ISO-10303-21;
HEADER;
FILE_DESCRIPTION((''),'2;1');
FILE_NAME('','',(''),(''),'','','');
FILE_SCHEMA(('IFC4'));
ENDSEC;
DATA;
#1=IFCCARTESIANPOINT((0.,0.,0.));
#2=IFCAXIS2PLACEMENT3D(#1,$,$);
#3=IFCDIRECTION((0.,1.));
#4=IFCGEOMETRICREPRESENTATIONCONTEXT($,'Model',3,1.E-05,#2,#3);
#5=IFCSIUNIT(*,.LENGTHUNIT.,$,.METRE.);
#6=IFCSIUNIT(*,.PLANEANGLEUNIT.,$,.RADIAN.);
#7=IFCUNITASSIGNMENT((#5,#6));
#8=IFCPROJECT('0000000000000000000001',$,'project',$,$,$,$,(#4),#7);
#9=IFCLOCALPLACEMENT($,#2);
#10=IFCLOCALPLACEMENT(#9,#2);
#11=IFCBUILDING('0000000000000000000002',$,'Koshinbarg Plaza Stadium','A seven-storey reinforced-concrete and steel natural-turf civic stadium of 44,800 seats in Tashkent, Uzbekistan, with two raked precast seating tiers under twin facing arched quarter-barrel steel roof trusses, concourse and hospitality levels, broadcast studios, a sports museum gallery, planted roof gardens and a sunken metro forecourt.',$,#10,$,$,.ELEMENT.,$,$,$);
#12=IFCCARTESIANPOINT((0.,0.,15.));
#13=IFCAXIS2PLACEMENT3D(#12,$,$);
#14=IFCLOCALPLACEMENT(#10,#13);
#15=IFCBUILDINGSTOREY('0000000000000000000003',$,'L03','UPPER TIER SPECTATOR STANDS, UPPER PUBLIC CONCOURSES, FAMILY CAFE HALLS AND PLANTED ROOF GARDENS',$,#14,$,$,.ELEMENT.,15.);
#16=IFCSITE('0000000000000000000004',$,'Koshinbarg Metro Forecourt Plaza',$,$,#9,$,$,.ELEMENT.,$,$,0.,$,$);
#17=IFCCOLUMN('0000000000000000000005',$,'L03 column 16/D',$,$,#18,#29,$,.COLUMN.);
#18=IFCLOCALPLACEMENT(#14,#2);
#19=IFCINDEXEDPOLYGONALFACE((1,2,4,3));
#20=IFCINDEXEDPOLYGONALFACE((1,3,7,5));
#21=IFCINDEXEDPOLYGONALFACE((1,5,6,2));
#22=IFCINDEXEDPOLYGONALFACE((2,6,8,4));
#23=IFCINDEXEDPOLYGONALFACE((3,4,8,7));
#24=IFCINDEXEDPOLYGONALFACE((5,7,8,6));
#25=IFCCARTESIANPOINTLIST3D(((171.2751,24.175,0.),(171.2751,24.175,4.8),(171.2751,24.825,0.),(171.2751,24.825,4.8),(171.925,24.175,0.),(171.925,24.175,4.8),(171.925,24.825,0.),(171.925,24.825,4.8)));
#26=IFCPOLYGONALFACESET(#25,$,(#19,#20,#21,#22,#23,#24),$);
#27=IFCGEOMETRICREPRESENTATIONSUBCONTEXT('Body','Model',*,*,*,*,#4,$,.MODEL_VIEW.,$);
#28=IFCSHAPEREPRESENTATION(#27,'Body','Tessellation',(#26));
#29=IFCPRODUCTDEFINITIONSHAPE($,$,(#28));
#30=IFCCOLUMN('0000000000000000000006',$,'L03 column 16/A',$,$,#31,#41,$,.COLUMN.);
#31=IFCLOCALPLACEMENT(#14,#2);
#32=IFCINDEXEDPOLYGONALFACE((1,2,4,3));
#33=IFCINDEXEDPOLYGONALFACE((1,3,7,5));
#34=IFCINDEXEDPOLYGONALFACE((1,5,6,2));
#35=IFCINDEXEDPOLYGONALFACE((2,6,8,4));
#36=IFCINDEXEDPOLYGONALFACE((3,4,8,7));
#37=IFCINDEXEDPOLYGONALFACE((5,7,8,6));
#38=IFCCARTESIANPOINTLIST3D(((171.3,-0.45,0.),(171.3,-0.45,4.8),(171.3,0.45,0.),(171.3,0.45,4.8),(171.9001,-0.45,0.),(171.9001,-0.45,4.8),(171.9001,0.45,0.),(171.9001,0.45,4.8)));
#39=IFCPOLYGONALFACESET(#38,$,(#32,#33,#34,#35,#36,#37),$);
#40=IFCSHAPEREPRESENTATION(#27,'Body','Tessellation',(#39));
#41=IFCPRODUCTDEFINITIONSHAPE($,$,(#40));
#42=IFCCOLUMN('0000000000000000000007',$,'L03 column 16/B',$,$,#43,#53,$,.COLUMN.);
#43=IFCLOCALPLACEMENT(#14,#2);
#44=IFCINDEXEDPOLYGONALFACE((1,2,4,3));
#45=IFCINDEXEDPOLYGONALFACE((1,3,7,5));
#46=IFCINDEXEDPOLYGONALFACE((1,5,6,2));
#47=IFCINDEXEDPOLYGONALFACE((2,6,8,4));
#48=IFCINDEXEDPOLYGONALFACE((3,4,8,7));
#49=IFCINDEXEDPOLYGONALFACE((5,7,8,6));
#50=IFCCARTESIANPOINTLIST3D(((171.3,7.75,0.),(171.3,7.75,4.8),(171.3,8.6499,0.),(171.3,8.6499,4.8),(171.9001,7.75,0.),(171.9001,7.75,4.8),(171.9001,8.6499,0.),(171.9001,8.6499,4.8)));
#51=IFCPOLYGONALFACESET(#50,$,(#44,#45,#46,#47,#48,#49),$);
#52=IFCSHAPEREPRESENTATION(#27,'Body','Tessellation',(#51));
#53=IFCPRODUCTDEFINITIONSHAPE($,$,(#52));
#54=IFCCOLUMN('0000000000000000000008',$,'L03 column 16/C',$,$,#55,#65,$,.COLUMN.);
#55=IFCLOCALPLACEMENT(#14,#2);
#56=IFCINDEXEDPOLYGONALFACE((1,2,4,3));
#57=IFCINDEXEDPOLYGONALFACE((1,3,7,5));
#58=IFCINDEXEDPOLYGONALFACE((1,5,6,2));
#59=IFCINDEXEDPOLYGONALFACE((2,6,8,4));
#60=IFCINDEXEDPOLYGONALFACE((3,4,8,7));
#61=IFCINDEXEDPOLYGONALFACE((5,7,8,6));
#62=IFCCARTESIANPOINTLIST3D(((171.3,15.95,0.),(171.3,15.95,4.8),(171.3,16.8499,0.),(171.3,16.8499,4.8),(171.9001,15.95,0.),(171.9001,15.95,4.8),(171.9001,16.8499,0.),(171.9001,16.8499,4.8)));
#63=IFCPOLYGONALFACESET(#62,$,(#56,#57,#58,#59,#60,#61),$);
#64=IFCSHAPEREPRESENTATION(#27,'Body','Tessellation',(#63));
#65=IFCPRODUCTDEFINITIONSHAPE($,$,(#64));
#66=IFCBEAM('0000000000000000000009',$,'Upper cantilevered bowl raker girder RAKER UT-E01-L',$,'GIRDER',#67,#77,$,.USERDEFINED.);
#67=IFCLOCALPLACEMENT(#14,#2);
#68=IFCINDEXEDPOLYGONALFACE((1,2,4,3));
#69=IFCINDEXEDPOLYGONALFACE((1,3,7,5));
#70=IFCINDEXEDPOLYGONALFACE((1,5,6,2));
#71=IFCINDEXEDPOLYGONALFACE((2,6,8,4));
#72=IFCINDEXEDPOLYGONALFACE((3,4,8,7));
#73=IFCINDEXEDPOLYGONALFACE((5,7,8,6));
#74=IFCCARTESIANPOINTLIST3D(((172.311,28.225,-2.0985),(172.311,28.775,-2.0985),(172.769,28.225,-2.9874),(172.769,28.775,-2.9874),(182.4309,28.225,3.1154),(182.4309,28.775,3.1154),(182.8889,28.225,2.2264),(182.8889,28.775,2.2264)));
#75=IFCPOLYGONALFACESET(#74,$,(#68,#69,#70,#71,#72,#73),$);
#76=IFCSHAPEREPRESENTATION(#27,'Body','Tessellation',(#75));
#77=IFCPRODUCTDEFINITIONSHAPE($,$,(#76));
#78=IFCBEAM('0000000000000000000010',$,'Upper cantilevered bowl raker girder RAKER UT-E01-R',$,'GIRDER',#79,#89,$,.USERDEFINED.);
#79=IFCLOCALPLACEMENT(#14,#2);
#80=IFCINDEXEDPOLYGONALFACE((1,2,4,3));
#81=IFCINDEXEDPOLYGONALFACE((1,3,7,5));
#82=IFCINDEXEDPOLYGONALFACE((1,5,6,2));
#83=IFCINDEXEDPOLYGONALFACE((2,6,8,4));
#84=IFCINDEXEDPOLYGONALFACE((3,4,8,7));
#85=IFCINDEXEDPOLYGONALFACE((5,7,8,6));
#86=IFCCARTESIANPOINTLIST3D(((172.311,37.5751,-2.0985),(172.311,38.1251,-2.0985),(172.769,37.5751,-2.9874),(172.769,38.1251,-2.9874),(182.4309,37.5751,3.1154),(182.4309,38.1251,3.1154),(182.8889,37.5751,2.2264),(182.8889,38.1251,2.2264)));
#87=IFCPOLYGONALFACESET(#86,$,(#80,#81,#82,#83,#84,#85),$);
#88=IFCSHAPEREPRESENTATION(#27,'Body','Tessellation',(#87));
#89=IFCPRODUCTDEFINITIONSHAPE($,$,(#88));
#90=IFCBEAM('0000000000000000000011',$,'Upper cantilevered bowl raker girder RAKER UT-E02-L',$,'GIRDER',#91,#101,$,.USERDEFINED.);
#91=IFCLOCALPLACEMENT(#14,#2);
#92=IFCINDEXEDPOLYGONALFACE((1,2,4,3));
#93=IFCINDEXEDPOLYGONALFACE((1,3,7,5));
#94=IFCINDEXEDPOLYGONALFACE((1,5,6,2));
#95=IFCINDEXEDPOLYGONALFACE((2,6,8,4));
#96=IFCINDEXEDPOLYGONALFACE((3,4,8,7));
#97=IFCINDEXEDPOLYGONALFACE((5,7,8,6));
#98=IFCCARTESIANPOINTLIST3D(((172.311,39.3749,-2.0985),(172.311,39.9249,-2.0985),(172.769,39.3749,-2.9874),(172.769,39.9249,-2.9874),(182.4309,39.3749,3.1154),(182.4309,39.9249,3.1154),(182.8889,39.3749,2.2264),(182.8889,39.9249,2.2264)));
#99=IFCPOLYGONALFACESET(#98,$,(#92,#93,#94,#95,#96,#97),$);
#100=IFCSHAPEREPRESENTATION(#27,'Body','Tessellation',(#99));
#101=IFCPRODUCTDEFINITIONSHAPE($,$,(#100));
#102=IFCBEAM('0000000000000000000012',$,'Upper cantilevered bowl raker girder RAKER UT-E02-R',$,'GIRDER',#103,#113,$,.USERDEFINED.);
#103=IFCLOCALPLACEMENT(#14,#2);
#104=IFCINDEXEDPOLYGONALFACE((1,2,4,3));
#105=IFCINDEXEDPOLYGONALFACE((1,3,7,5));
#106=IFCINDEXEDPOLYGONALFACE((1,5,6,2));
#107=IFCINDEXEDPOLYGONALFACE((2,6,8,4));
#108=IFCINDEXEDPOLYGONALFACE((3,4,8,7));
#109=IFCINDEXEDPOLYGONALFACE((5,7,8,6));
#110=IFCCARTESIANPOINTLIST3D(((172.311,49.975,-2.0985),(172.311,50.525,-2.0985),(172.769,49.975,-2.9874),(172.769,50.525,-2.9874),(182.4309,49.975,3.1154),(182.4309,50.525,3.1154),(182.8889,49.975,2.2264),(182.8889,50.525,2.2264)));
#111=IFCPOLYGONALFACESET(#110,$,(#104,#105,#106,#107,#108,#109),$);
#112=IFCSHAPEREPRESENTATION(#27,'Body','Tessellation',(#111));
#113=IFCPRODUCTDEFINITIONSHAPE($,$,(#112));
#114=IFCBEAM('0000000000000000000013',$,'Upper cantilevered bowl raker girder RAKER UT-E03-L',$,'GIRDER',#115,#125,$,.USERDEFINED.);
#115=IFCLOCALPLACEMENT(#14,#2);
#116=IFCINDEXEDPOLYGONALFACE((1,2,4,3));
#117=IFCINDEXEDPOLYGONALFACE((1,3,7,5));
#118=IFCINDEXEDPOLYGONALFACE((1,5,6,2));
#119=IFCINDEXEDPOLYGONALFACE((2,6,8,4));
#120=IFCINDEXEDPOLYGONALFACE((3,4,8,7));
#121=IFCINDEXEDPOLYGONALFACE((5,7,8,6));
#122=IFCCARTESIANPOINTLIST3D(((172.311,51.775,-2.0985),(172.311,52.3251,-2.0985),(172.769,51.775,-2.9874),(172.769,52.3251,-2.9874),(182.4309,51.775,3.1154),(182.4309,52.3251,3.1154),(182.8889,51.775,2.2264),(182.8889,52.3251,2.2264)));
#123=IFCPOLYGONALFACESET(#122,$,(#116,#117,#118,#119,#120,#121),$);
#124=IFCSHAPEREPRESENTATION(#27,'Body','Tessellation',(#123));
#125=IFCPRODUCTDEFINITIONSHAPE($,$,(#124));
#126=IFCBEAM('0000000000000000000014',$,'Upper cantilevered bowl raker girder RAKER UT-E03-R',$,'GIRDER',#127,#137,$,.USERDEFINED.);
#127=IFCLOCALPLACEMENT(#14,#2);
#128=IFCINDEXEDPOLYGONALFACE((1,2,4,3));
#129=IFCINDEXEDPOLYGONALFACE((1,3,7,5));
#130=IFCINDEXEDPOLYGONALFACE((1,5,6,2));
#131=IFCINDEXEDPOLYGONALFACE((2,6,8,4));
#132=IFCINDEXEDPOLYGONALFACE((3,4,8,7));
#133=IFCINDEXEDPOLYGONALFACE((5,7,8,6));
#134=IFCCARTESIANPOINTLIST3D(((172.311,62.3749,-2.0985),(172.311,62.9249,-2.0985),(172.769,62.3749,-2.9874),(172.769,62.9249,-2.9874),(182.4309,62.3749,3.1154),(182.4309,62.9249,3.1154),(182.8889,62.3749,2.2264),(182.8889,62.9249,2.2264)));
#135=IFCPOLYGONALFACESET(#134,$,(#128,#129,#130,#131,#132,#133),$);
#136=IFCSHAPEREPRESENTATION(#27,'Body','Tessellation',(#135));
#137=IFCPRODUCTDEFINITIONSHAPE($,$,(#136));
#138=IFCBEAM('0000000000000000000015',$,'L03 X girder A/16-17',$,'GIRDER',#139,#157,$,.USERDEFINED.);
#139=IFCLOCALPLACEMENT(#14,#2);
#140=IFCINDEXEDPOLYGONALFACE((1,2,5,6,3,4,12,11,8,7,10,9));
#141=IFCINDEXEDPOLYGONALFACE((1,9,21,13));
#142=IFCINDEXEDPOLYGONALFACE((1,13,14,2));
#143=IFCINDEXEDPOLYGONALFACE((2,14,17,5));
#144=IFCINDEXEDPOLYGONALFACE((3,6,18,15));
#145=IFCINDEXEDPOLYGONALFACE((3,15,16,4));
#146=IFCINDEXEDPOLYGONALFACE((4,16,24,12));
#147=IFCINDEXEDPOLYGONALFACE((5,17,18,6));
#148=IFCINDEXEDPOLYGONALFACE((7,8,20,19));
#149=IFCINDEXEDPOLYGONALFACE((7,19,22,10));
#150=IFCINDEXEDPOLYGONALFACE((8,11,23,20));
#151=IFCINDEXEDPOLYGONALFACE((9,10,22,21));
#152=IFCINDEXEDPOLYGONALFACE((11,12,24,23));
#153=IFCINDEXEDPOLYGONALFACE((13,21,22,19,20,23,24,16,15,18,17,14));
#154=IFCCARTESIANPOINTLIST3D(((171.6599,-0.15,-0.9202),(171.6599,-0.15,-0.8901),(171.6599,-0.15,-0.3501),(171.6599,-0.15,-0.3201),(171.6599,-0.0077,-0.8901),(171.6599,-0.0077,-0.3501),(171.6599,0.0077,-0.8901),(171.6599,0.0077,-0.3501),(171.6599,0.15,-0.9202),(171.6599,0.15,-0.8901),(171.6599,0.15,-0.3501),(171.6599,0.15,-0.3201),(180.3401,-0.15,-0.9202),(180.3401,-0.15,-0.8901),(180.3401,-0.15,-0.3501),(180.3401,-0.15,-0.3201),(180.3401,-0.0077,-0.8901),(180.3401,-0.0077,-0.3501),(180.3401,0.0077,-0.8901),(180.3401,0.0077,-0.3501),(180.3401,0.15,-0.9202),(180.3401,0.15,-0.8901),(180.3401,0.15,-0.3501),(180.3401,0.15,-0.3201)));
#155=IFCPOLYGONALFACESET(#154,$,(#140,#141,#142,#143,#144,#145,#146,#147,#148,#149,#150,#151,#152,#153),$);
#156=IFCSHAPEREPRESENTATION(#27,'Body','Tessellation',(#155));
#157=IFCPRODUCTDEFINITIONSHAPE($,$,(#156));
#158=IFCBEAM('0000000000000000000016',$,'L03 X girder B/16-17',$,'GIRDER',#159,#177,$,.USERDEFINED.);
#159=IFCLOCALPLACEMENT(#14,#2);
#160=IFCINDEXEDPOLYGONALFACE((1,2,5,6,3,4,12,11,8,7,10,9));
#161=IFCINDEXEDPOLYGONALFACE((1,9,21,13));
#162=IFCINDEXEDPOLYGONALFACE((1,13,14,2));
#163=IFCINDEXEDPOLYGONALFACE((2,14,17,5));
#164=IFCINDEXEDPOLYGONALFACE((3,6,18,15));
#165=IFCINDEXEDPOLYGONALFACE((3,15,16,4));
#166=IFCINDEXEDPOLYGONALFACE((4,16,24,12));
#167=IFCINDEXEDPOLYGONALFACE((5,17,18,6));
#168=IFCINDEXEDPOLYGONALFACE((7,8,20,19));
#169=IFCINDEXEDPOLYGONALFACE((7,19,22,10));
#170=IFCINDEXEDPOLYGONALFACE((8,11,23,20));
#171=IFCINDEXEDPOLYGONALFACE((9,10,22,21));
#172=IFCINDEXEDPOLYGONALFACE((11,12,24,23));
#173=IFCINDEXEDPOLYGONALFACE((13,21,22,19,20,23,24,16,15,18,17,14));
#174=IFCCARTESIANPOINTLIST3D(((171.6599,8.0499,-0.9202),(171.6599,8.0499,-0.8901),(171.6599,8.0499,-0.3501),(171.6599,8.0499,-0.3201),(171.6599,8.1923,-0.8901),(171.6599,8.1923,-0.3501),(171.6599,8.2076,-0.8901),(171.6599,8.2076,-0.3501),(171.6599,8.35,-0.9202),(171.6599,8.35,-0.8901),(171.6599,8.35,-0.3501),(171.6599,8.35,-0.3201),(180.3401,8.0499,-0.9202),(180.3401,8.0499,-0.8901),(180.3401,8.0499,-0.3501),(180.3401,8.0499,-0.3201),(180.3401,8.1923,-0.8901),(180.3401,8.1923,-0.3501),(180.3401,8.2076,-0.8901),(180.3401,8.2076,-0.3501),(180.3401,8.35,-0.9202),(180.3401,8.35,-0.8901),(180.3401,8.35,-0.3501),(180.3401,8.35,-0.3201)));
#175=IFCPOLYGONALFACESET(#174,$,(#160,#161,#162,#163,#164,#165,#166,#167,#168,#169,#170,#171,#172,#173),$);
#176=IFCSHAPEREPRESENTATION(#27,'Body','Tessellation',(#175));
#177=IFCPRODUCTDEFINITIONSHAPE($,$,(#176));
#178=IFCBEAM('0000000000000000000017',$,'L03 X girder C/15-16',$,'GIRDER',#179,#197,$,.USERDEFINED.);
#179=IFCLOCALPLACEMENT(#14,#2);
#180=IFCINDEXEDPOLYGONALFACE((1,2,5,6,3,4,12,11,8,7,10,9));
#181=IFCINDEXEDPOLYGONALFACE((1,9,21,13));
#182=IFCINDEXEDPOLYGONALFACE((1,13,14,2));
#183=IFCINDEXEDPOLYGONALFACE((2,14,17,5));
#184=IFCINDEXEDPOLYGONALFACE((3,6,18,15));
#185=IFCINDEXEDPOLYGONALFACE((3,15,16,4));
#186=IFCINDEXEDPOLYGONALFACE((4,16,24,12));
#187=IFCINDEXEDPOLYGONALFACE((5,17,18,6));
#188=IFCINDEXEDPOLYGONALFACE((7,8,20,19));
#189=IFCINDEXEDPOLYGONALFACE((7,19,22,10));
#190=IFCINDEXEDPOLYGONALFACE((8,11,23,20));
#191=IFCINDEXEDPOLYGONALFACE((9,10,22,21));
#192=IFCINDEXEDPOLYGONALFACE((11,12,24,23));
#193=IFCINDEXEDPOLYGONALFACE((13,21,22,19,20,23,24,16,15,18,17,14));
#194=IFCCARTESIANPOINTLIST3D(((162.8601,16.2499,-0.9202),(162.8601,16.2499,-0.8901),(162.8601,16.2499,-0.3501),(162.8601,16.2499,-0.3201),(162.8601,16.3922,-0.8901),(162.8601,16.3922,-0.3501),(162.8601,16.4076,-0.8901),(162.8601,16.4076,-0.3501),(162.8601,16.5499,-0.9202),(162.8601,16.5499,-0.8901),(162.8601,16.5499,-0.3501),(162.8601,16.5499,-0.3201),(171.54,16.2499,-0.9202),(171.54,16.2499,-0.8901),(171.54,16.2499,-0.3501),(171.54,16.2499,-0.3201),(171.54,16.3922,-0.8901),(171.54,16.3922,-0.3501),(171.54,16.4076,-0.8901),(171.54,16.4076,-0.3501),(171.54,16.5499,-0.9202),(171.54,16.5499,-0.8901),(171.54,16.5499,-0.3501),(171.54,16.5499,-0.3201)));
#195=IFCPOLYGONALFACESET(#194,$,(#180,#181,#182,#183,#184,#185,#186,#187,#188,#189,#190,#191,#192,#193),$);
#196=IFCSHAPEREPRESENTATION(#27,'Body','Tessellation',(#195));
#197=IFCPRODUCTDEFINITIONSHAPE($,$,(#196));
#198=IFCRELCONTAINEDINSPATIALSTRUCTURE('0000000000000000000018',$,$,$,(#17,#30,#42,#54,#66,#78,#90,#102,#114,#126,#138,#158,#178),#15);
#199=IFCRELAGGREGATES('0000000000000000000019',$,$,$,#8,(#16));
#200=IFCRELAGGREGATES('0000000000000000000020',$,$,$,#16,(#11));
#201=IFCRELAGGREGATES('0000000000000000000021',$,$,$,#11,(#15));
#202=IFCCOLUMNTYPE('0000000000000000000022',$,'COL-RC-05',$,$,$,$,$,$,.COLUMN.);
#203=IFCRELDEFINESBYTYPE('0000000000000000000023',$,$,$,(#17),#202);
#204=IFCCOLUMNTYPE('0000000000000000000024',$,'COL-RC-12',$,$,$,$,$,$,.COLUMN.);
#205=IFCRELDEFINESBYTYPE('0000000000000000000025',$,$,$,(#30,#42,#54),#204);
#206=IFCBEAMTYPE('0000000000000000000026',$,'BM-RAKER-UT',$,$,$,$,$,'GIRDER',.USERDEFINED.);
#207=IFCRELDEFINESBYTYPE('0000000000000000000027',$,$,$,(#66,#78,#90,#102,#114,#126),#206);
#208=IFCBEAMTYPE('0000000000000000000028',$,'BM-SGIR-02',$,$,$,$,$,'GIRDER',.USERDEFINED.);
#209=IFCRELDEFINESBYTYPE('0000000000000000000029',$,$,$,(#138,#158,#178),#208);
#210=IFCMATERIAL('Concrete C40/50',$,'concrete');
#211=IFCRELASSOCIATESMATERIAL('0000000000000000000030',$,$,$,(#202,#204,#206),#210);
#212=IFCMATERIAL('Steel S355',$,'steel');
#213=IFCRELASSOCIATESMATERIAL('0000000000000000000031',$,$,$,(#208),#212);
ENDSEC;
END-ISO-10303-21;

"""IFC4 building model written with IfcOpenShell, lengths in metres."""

from ifc_helpers import new_model, si_unit, direction, frame, origin, origin_2d, place, context, subcontext, project, spatial, rectangle, i_section, extrude, material, material_profile, profile_set, type_object, element, save


model = new_model("IFC4")

# Units and contexts
model_context = context("Model", 3, precision=1e-05, world=origin(), true_north=direction((0.0, 1.0)))
body_context = subcontext(model_context, "Body", "Model", "MODEL_VIEW")
ifc_project = project(units=[si_unit("LENGTHUNIT", "METRE"), si_unit("PLANEANGLEUNIT", "RADIAN")], contexts=[model_context])

# Site, building, storey
site_placement = place(None, origin())
site = spatial("IfcSite", under=ifc_project, at=site_placement, Name="Koshinbarg Metro Forecourt Plaza", CompositionType="ELEMENT", RefElevation=0.0)
building_placement = place(site_placement, origin())
building = spatial("IfcBuilding", under=site, at=building_placement, Name="Koshinbarg Plaza Stadium", Description="A seven-storey reinforced-concrete and steel natural-turf civic stadium of 44,800 seats in Tashkent, Uzbekistan, with two raked precast seating tiers under twin facing arched quarter-barrel steel roof trusses, concourse and hospitality levels, broadcast studios, a sports museum gallery, planted roof gardens and a sunken metro forecourt.", CompositionType="ELEMENT")
storey_placement = place(building_placement, frame((0.0, 0.0, 15.0)))
storey = spatial("IfcBuildingStorey", under=building, at=storey_placement, Name="L03", Description="UPPER TIER SPECTATOR STANDS, UPPER PUBLIC CONCOURSES, FAMILY CAFE HALLS AND PLANTED ROOF GARDENS", CompositionType="ELEMENT", Elevation=15.0)

# Columns
ifc_material_1 = material(Name="Concrete C40/50", Category="concrete")
ifc_material_profile_1 = material_profile(ifc_material_1, rectangle(XDim=0.6499, YDim=0.6499, at=origin_2d()), Name="RC 650x650")
ifc_profile_set_1 = profile_set([ifc_material_profile_1], Name="Concrete C40/50")
column_type_1 = type_object("IfcColumnType", Name="COL-RC-05", PredefinedType="COLUMN", material=ifc_profile_set_1)
column_placement = place(storey_placement, frame((171.6001, 24.5, 0.0), z_axis=(0.0, 0.0, 1.0), x_axis=(1.0, 0.0, 0.0)))
element("IfcColumn", 1, at=column_placement, inside=storey, type_object=column_type_1, Name="L03 column 16/D", PredefinedType="COLUMN", context=body_context, shape_type="SweptSolid", body=[
    extrude(rectangle(XDim=0.6499, YDim=0.6499, at=origin_2d()), origin(), (0.0, 0.0, 1.0), 4.8),
])
ifc_material_profile_2 = material_profile(ifc_material_1, rectangle(XDim=0.6001, YDim=0.8999, at=origin_2d()), Name="RC 600x900")
ifc_profile_set_2 = profile_set([ifc_material_profile_2], Name="Concrete C40/50")
column_type_2 = type_object("IfcColumnType", Name="COL-RC-12", PredefinedType="COLUMN", material=ifc_profile_set_2)
for number, where, z_axis, x_axis, name in (
    (2, (171.6001, 0.0, 0.0), (0.0, 0.0, 1.0), (1.0, 0.0, 0.0), "L03 column 16/A"),
    (3, (171.6001, 8.2, 0.0), (0.0, 0.0, 1.0), (1.0, 0.0, 0.0), "L03 column 16/B"),
    (4, (171.6001, 16.3999, 0.0), (0.0, 0.0, 1.0), (1.0, 0.0, 0.0), "L03 column 16/C"),
):
    element("IfcColumn", number, at=place(storey_placement, frame(where, z_axis=z_axis, x_axis=x_axis)), inside=storey, type_object=column_type_2, Name=name, PredefinedType="COLUMN", context=body_context, shape_type="SweptSolid", body=[
        extrude(rectangle(XDim=0.6001, YDim=0.8999, at=origin_2d()), origin(), (0.0, 0.0, 1.0), 4.8),
    ])

# Beams
ifc_material_profile_3 = material_profile(ifc_material_1, rectangle(XDim=0.55, YDim=1.0, at=origin_2d()), Name="RC 550x1000")
ifc_profile_set_3 = profile_set([ifc_material_profile_3], Name="Concrete C40/50")
beam_type_1 = type_object("IfcBeamType", Name="BM-RAKER-UT", ElementType="GIRDER", PredefinedType="USERDEFINED", material=ifc_profile_set_3)
for number, where, z_axis, x_axis, name in (
    (5, (172.54, 28.5, -2.543), (0.888953, 0.0, 0.457998), (0.0, 1.0, 0.0), "Upper cantilevered bowl raker girder RAKER UT-E01-L"),
    (6, (172.54, 37.8501, -2.543), (0.888953, 0.0, 0.457998), (0.0, 1.0, 0.0), "Upper cantilevered bowl raker girder RAKER UT-E01-R"),
    (7, (172.54, 39.6499, -2.543), (0.888953, 0.0, 0.457998), (0.0, 1.0, 0.0), "Upper cantilevered bowl raker girder RAKER UT-E02-L"),
    (8, (172.54, 50.25, -2.543), (0.888953, 0.0, 0.457998), (0.0, 1.0, 0.0), "Upper cantilevered bowl raker girder RAKER UT-E02-R"),
    (9, (172.54, 52.05, -2.543), (0.888953, 0.0, 0.457998), (0.0, 1.0, 0.0), "Upper cantilevered bowl raker girder RAKER UT-E03-L"),
    (10, (172.54, 62.6499, -2.543), (0.888953, 0.0, 0.457998), (0.0, 1.0, 0.0), "Upper cantilevered bowl raker girder RAKER UT-E03-R"),
):
    element("IfcBeam", number, at=place(storey_placement, frame(where, z_axis=z_axis, x_axis=x_axis)), inside=storey, type_object=beam_type_1, Name=name, ObjectType="GIRDER", PredefinedType="USERDEFINED", context=body_context, shape_type="SweptSolid", body=[
        extrude(rectangle(XDim=0.55, YDim=1.0, at=origin_2d()), origin(), (0.0, 0.0, 1.0), 11.384),
    ])
ifc_material_2 = material(Name="Steel S355", Category="steel")
ifc_material_profile_4 = material_profile(ifc_material_2, i_section(OverallWidth=0.3, OverallDepth=0.6001, WebThickness=0.0154, FlangeThickness=0.03, at=origin_2d()), Name="HEB 600")
ifc_profile_set_4 = profile_set([ifc_material_profile_4], Name="Steel S355")
beam_type_2 = type_object("IfcBeamType", Name="BM-SGIR-02", ElementType="GIRDER", PredefinedType="USERDEFINED", material=ifc_profile_set_4)
for number, where, z_axis, x_axis, name in (
    (11, (171.6599, 0.0, -0.6201), (1.0, 0.0, 0.0), (0.0, 1.0, 0.0), "L03 X girder A/16-17"),
    (12, (171.6599, 8.2, -0.6201), (1.0, 0.0, 0.0), (0.0, 1.0, 0.0), "L03 X girder B/16-17"),
):
    element("IfcBeam", number, at=place(storey_placement, frame(where, z_axis=z_axis, x_axis=x_axis)), inside=storey, type_object=beam_type_2, Name=name, ObjectType="GIRDER", PredefinedType="USERDEFINED", context=body_context, shape_type="SweptSolid", body=[
        extrude(i_section(OverallWidth=0.3, OverallDepth=0.6001, WebThickness=0.0154, FlangeThickness=0.03, at=origin_2d()), origin(), (0.0, 0.0, 1.0), 8.6802),
    ])
beam_1_placement = place(storey_placement, frame((162.8601, 16.3999, -0.6201), z_axis=(1.0, 0.0, 0.0), x_axis=(0.0, 1.0, 0.0)))
element("IfcBeam", 13, at=beam_1_placement, inside=storey, type_object=beam_type_2, Name="L03 X girder C/15-16", ObjectType="GIRDER", PredefinedType="USERDEFINED", context=body_context, shape_type="SweptSolid", body=[
    extrude(i_section(OverallWidth=0.3, OverallDepth=0.6001, WebThickness=0.0154, FlangeThickness=0.03, at=origin_2d()), origin(), (0.0, 0.0, 1.0), 8.6799),
])

save(model, "model.ifc")
